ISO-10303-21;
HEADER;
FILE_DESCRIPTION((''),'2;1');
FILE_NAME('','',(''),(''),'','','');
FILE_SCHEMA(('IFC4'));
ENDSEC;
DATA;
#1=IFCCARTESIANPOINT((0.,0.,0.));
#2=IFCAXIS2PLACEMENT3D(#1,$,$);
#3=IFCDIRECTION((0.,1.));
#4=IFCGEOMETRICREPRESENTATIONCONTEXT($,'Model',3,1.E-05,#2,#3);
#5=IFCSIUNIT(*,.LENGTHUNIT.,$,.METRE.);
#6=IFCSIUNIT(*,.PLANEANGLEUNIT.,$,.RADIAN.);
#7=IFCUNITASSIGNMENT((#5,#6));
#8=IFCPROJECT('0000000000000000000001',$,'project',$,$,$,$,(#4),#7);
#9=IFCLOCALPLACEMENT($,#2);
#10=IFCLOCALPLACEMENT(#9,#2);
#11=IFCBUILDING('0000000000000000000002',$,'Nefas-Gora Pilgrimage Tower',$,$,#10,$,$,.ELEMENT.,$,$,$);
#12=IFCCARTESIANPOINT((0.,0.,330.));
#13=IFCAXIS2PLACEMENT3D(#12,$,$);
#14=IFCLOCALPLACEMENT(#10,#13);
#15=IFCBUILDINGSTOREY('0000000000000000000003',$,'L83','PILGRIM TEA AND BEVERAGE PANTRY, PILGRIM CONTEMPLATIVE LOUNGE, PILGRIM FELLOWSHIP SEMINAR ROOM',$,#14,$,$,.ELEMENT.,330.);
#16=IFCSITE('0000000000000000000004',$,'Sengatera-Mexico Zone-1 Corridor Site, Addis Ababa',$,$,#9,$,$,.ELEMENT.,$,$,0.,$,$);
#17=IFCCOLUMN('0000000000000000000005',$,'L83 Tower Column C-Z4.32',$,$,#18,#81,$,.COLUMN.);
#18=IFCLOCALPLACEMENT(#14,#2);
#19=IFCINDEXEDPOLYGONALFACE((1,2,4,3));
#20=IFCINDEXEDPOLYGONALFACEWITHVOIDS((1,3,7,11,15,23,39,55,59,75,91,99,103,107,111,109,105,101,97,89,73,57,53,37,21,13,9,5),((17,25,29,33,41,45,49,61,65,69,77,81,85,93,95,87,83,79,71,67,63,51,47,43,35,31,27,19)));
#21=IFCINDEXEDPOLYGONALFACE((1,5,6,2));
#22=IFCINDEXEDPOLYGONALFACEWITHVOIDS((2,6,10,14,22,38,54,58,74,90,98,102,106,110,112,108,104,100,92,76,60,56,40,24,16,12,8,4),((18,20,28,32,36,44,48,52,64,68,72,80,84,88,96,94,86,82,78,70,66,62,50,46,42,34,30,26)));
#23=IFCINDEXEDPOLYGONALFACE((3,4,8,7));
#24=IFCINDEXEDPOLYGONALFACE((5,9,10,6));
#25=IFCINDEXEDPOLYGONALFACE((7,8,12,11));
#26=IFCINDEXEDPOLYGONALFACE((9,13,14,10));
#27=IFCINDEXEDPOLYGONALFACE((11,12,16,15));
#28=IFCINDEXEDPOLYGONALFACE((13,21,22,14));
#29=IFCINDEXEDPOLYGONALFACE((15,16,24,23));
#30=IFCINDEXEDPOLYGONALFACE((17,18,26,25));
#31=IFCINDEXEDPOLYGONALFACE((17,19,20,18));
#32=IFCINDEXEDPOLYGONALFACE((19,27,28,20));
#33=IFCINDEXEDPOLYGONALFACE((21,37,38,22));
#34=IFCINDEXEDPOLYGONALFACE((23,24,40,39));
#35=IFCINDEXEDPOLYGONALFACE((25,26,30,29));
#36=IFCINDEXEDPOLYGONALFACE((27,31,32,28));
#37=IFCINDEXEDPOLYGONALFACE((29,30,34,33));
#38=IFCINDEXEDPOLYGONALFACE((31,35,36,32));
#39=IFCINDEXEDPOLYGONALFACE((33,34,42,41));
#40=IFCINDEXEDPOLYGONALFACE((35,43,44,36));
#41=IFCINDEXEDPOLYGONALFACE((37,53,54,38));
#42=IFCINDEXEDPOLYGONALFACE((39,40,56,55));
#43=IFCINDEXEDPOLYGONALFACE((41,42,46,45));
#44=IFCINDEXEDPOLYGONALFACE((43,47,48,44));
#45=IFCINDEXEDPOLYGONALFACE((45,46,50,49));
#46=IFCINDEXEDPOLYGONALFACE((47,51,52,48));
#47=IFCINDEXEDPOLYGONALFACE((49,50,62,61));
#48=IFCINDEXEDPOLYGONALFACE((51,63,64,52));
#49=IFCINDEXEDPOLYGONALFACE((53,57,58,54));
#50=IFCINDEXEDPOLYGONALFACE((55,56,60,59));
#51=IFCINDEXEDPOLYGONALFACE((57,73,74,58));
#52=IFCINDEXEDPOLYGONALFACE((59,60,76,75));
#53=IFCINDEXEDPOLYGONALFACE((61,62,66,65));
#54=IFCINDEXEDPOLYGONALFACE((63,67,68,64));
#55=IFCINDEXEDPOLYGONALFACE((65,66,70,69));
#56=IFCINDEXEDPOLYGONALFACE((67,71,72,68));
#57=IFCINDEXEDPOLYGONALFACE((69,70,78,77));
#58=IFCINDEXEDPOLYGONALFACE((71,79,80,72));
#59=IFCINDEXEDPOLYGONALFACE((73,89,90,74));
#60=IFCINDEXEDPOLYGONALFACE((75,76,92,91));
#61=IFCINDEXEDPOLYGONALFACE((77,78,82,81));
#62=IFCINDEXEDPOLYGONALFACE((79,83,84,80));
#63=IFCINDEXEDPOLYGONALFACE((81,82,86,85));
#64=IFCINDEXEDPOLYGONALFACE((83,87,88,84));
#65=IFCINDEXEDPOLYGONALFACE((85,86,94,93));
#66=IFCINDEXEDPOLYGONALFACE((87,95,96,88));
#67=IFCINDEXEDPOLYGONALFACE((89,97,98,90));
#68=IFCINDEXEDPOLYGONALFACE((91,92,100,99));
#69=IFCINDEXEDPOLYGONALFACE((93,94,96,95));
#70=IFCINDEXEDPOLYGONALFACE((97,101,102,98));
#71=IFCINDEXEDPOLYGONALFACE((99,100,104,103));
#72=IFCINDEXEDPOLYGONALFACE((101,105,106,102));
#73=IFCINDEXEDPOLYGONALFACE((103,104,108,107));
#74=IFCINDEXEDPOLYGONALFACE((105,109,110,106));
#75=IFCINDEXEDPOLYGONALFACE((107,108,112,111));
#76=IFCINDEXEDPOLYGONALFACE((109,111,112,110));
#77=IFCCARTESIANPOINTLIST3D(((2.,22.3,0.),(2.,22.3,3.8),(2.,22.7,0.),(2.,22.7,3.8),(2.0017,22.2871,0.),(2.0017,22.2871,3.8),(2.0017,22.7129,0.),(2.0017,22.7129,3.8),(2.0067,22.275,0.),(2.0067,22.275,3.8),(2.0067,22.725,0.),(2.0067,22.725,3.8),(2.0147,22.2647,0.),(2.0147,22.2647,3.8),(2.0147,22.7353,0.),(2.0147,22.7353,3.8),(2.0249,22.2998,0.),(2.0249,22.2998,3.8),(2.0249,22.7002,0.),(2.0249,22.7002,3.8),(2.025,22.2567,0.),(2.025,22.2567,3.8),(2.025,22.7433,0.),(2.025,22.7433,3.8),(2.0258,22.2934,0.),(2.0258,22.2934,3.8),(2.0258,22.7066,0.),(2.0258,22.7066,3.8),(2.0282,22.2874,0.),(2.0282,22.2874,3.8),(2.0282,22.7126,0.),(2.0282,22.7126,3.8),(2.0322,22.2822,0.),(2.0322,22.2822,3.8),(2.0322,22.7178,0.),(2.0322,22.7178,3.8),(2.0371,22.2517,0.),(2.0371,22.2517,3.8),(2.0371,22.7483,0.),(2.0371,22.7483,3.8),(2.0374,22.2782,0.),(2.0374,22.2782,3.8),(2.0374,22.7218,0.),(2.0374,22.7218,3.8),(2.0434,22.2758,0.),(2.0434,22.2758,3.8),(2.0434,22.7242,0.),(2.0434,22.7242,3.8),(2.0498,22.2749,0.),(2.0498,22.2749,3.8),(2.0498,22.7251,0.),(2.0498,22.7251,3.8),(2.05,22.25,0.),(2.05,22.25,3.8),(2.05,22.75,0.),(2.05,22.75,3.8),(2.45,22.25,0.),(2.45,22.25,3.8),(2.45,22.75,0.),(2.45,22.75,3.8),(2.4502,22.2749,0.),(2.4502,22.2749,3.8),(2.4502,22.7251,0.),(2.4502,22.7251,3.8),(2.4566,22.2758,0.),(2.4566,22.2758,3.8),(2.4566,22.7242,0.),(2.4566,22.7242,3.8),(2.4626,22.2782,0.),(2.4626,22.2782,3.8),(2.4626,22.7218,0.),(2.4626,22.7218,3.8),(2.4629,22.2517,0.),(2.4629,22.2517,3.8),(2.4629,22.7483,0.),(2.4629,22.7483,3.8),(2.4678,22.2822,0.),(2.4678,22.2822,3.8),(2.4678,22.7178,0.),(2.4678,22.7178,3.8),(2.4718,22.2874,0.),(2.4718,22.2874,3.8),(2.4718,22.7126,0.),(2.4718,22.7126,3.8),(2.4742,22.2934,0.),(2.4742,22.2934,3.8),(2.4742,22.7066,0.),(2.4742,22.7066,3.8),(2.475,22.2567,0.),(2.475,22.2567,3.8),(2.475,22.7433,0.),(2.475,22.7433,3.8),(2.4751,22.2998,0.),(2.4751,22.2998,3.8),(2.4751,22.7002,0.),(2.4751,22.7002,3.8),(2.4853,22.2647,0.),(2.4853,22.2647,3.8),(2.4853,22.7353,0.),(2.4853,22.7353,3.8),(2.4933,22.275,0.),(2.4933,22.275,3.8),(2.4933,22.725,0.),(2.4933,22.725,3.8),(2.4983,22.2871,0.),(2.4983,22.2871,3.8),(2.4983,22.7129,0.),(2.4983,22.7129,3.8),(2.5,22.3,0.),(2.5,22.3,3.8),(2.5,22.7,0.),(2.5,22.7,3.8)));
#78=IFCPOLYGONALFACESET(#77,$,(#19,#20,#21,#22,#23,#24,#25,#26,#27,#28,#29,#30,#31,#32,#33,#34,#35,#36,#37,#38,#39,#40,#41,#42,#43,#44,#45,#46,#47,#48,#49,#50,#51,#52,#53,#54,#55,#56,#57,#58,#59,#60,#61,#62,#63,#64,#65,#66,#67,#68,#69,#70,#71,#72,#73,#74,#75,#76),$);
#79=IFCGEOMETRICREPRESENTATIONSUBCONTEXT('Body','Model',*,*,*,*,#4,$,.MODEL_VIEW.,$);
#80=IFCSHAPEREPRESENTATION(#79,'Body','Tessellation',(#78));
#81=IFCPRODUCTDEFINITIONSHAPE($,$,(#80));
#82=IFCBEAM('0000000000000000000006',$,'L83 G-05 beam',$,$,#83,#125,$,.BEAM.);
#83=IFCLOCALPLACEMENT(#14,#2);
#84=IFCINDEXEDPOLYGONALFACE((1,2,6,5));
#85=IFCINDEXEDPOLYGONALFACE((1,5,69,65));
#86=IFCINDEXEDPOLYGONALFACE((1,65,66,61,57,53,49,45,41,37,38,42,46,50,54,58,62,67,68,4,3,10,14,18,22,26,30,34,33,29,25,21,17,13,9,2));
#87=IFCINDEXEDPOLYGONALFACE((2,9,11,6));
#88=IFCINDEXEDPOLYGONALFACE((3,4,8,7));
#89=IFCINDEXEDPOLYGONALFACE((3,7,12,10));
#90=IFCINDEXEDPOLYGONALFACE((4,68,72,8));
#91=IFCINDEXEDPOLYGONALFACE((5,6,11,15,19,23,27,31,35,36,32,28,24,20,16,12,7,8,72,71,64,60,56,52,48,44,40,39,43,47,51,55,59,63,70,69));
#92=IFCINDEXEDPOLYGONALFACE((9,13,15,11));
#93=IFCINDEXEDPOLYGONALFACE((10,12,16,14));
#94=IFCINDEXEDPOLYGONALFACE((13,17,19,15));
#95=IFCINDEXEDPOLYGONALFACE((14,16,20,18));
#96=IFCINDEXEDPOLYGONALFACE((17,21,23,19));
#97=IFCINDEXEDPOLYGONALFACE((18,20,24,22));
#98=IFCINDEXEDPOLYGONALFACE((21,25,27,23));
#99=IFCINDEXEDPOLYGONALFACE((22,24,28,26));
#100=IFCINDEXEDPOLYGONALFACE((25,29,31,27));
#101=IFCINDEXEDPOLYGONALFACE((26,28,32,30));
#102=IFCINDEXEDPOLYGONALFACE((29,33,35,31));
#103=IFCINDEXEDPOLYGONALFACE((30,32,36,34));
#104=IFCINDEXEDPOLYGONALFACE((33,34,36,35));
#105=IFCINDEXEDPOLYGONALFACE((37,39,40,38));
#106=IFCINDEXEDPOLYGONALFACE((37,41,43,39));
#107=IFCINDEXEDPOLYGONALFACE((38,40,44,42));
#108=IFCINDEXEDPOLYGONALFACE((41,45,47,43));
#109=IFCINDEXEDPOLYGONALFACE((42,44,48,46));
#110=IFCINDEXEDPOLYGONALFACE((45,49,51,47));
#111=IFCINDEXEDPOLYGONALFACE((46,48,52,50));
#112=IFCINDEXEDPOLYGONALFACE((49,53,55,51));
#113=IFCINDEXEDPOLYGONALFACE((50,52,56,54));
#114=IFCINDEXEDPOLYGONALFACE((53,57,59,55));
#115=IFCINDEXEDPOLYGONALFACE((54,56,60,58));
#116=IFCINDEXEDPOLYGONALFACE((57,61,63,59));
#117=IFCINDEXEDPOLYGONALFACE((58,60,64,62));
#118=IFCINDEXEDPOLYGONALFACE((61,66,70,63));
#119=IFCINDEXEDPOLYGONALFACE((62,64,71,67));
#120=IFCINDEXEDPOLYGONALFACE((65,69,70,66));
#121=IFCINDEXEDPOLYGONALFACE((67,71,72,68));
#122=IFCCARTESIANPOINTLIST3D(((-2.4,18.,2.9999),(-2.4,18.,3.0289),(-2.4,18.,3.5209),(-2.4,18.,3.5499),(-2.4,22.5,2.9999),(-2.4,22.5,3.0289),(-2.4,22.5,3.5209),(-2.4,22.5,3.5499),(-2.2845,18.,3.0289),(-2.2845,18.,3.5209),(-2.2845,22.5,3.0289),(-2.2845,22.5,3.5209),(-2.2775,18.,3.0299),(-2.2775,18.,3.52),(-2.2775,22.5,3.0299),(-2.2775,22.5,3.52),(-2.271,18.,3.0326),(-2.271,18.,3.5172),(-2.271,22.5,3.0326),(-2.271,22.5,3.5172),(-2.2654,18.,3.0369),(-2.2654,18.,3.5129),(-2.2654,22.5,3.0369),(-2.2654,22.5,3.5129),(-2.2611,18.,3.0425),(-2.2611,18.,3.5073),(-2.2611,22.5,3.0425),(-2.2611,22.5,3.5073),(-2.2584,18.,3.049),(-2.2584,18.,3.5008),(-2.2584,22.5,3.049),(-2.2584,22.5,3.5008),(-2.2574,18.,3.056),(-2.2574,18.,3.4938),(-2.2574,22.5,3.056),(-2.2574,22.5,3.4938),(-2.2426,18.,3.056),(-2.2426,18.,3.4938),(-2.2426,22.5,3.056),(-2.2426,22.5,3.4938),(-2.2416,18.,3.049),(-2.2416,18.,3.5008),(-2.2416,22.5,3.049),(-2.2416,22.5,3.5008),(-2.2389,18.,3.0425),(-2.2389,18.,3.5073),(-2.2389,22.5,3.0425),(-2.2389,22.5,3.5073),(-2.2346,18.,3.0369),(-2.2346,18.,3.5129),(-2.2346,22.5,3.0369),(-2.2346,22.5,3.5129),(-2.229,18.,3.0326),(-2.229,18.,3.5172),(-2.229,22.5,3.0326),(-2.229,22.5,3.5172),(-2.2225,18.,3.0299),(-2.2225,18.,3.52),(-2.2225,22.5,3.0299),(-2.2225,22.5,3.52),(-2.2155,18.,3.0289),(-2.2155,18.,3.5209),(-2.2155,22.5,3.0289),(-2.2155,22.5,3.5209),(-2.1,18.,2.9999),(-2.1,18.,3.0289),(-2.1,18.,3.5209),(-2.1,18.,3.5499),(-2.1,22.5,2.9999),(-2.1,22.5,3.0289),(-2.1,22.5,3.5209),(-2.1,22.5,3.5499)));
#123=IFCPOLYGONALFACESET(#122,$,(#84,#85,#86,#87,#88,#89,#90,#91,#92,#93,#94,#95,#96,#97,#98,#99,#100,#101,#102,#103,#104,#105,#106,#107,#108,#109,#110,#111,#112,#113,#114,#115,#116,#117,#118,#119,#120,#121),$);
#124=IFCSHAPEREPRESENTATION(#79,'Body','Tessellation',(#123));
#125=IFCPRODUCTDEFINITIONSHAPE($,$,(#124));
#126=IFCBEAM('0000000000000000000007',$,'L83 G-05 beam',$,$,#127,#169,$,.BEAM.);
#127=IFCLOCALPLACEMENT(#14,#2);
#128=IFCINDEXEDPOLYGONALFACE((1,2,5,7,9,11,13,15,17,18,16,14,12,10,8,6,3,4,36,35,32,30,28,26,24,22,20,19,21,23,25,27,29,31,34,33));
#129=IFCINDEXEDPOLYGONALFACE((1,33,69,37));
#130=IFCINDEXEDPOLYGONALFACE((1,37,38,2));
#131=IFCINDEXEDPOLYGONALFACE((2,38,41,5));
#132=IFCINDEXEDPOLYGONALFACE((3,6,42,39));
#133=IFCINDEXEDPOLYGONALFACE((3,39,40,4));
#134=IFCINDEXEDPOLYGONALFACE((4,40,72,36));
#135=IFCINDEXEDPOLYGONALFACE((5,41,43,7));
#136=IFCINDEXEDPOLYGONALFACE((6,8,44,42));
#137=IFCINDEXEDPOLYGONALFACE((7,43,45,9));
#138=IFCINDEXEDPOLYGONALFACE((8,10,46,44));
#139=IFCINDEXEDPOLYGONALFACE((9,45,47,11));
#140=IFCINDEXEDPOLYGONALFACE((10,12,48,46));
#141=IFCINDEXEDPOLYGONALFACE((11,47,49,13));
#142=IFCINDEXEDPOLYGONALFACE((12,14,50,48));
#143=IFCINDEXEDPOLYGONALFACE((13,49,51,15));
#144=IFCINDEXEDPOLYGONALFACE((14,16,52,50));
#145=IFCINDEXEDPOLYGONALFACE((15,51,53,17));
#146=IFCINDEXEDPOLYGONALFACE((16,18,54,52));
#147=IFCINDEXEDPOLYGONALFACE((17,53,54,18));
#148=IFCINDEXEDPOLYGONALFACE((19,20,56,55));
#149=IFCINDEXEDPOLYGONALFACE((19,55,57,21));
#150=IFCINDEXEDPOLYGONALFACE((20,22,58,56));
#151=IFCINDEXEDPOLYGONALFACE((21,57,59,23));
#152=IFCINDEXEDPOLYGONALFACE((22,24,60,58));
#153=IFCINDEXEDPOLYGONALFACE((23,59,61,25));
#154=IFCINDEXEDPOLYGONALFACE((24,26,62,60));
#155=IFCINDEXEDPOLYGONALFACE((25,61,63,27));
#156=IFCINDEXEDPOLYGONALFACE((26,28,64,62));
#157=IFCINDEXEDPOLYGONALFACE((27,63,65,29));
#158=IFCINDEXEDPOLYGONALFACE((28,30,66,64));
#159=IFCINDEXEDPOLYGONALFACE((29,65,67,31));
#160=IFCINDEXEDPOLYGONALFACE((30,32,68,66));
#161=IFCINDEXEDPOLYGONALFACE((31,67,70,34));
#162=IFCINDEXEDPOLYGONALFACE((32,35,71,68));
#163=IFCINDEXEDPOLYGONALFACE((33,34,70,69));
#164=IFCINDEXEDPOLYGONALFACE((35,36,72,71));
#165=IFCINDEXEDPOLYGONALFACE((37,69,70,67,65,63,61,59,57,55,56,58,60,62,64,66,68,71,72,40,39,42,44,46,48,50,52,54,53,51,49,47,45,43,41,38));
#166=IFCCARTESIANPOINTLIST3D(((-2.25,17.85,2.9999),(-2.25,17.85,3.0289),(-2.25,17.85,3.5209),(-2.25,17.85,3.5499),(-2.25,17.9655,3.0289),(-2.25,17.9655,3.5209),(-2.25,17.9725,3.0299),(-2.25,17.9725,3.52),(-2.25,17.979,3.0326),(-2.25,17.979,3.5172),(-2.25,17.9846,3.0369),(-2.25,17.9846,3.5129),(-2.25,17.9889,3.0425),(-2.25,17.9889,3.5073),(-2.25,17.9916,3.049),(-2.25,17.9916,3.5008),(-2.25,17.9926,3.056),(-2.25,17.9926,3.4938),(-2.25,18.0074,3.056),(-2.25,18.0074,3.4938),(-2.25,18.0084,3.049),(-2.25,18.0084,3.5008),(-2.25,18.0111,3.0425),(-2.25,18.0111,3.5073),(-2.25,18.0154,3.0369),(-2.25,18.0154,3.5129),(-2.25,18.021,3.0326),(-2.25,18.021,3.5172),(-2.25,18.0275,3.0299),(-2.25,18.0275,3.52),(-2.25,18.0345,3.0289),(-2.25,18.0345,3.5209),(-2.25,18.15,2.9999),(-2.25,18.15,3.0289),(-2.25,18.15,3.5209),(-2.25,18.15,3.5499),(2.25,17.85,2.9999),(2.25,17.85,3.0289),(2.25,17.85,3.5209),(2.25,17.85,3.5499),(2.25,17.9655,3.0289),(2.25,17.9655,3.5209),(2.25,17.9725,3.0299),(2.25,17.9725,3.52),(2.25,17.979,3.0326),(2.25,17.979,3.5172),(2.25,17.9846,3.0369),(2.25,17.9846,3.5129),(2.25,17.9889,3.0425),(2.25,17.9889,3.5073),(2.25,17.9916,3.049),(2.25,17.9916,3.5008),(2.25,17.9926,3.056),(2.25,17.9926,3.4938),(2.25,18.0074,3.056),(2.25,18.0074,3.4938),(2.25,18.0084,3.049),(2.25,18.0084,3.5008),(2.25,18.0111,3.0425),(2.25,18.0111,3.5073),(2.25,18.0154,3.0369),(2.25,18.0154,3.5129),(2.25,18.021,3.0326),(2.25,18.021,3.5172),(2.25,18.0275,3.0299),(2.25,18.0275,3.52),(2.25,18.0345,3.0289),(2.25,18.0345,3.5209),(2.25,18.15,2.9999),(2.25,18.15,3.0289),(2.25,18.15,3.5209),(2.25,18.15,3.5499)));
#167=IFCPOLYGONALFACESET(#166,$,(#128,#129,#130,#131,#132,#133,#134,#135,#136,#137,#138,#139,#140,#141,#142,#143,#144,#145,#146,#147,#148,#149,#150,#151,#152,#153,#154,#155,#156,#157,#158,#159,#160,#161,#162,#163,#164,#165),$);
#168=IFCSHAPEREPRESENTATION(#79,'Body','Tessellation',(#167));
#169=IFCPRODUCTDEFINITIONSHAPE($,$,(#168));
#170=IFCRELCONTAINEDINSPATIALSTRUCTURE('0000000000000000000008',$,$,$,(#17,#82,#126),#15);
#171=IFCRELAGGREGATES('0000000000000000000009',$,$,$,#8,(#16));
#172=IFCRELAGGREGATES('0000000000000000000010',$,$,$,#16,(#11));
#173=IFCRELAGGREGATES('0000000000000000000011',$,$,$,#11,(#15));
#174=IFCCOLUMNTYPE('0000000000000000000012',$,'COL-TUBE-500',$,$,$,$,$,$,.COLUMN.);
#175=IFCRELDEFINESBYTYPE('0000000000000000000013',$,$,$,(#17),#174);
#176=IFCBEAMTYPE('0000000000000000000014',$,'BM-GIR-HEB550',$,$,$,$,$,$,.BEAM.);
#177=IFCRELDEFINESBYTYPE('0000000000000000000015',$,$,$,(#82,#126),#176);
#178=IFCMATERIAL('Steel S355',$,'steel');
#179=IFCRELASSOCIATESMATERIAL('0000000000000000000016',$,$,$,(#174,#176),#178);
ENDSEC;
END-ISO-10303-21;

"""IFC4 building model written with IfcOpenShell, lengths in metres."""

from ifc_helpers import new_model, si_unit, direction, frame, origin, origin_2d, place, context, subcontext, project, spatial, hollow_rectangle, i_section, extrude, source, transform, mapped, material, material_profile, profile_set, type_object, element, save


model = new_model("IFC4")

# Units and contexts
model_context = context("Model", 3, precision=1e-05, world=origin(), true_north=direction((0.0, 1.0)))
body_context = subcontext(model_context, "Body", "Model", "MODEL_VIEW")
ifc_project = project(units=[si_unit("LENGTHUNIT", "METRE"), si_unit("PLANEANGLEUNIT", "RADIAN")], contexts=[model_context])

# Site, building, storey
site_placement = place(None, origin())
site = spatial("IfcSite", under=ifc_project, at=site_placement, Name="Sengatera-Mexico Zone-1 Corridor Site, Addis Ababa", CompositionType="ELEMENT", RefElevation=0.0)
building_placement = place(site_placement, origin())
building = spatial("IfcBuilding", under=site, at=building_placement, Name="Nefas-Gora Pilgrimage Tower", CompositionType="ELEMENT")
storey_placement = place(building_placement, frame((0.0, 0.0, 330.0)))
storey = spatial("IfcBuildingStorey", under=building, at=storey_placement, Name="L83", Description="PILGRIM TEA AND BEVERAGE PANTRY, PILGRIM CONTEMPLATIVE LOUNGE, PILGRIM FELLOWSHIP SEMINAR ROOM", CompositionType="ELEMENT", Elevation=330.0)

# Column
ifc_material_1 = material(Name="Steel S355", Category="steel")
ifc_material_profile_1 = material_profile(ifc_material_1, hollow_rectangle(XDim=0.5, YDim=0.5, WallThickness=0.0249, InnerFilletRadius=0.0249, OuterFilletRadius=0.05, at=origin_2d()), Name="SHS 500x500x25")
ifc_profile_set_1 = profile_set([ifc_material_profile_1], Name="Steel S355")
column_type_1 = type_object("IfcColumnType", Name="COL-TUBE-500", PredefinedType="COLUMN", material=ifc_profile_set_1)
shared_shape_1 = source(origin(), body_context, "Body", "SweptSolid", [
    extrude(hollow_rectangle(XDim=0.5, YDim=0.5, WallThickness=0.0249, InnerFilletRadius=0.0249, OuterFilletRadius=0.05, at=origin_2d()), origin(), (0.0, 0.0, 1.0), 3.8),
])
column_placement = place(storey_placement, frame((2.25, 22.5, 0.0), z_axis=(0.0, 0.0, 1.0), x_axis=(1.0, 0.0, 0.0)))
element("IfcColumn", 1, at=column_placement, inside=storey, type_object=column_type_1, Name="L83 Tower Column C-Z4.32", PredefinedType="COLUMN", context=body_context, shape_type="MappedRepresentation", body=[
    mapped(shared_shape_1, transform((0.0, 0.0, 0.0), x_axis=(1.0, 0.0, 0.0), y_axis=(0.0, 1.0, 0.0), z_axis=(0.0, 0.0, 1.0), scale=1.0)),
])

# Beams
ifc_material_profile_2 = material_profile(ifc_material_1, i_section(OverallWidth=0.3, OverallDepth=0.55, WebThickness=0.0149, FlangeThickness=0.0291, FilletRadius=0.0271, at=origin_2d()), Name="HEB 550")
ifc_profile_set_2 = profile_set([ifc_material_profile_2], Name="Steel S355")
beam_type = type_object("IfcBeamType", Name="BM-GIR-HEB550", PredefinedType="BEAM", material=ifc_profile_set_2)
shared_shape_2 = source(origin(), body_context, "Body", "SweptSolid", [
    extrude(i_section(OverallWidth=0.3, OverallDepth=0.55, WebThickness=0.0149, FlangeThickness=0.0291, FilletRadius=0.0271, at=origin_2d()), origin(), (0.0, 0.0, 1.0), 4.5),
])
for number, where, z_axis, x_axis, name in (
    (2, (-2.25, 18.0, 3.2749), (0.0, 1.0, 0.0), (-1.0, 0.0, 0.0), "L83 G-05 beam"),
    (3, (-2.25, 18.0, 3.2749), (1.0, 0.0, 0.0), (0.0, 1.0, 0.0), "L83 G-05 beam"),
):
    element("IfcBeam", number, at=place(storey_placement, frame(where, z_axis=z_axis, x_axis=x_axis)), inside=storey, type_object=beam_type, Name=name, PredefinedType="BEAM", context=body_context, shape_type="MappedRepresentation", body=[
        mapped(shared_shape_2, transform((0.0, 0.0, 0.0), x_axis=(1.0, 0.0, 0.0), y_axis=(0.0, 1.0, 0.0), z_axis=(0.0, 0.0, 1.0), scale=1.0)),
    ])

save(model, "model.ifc")
